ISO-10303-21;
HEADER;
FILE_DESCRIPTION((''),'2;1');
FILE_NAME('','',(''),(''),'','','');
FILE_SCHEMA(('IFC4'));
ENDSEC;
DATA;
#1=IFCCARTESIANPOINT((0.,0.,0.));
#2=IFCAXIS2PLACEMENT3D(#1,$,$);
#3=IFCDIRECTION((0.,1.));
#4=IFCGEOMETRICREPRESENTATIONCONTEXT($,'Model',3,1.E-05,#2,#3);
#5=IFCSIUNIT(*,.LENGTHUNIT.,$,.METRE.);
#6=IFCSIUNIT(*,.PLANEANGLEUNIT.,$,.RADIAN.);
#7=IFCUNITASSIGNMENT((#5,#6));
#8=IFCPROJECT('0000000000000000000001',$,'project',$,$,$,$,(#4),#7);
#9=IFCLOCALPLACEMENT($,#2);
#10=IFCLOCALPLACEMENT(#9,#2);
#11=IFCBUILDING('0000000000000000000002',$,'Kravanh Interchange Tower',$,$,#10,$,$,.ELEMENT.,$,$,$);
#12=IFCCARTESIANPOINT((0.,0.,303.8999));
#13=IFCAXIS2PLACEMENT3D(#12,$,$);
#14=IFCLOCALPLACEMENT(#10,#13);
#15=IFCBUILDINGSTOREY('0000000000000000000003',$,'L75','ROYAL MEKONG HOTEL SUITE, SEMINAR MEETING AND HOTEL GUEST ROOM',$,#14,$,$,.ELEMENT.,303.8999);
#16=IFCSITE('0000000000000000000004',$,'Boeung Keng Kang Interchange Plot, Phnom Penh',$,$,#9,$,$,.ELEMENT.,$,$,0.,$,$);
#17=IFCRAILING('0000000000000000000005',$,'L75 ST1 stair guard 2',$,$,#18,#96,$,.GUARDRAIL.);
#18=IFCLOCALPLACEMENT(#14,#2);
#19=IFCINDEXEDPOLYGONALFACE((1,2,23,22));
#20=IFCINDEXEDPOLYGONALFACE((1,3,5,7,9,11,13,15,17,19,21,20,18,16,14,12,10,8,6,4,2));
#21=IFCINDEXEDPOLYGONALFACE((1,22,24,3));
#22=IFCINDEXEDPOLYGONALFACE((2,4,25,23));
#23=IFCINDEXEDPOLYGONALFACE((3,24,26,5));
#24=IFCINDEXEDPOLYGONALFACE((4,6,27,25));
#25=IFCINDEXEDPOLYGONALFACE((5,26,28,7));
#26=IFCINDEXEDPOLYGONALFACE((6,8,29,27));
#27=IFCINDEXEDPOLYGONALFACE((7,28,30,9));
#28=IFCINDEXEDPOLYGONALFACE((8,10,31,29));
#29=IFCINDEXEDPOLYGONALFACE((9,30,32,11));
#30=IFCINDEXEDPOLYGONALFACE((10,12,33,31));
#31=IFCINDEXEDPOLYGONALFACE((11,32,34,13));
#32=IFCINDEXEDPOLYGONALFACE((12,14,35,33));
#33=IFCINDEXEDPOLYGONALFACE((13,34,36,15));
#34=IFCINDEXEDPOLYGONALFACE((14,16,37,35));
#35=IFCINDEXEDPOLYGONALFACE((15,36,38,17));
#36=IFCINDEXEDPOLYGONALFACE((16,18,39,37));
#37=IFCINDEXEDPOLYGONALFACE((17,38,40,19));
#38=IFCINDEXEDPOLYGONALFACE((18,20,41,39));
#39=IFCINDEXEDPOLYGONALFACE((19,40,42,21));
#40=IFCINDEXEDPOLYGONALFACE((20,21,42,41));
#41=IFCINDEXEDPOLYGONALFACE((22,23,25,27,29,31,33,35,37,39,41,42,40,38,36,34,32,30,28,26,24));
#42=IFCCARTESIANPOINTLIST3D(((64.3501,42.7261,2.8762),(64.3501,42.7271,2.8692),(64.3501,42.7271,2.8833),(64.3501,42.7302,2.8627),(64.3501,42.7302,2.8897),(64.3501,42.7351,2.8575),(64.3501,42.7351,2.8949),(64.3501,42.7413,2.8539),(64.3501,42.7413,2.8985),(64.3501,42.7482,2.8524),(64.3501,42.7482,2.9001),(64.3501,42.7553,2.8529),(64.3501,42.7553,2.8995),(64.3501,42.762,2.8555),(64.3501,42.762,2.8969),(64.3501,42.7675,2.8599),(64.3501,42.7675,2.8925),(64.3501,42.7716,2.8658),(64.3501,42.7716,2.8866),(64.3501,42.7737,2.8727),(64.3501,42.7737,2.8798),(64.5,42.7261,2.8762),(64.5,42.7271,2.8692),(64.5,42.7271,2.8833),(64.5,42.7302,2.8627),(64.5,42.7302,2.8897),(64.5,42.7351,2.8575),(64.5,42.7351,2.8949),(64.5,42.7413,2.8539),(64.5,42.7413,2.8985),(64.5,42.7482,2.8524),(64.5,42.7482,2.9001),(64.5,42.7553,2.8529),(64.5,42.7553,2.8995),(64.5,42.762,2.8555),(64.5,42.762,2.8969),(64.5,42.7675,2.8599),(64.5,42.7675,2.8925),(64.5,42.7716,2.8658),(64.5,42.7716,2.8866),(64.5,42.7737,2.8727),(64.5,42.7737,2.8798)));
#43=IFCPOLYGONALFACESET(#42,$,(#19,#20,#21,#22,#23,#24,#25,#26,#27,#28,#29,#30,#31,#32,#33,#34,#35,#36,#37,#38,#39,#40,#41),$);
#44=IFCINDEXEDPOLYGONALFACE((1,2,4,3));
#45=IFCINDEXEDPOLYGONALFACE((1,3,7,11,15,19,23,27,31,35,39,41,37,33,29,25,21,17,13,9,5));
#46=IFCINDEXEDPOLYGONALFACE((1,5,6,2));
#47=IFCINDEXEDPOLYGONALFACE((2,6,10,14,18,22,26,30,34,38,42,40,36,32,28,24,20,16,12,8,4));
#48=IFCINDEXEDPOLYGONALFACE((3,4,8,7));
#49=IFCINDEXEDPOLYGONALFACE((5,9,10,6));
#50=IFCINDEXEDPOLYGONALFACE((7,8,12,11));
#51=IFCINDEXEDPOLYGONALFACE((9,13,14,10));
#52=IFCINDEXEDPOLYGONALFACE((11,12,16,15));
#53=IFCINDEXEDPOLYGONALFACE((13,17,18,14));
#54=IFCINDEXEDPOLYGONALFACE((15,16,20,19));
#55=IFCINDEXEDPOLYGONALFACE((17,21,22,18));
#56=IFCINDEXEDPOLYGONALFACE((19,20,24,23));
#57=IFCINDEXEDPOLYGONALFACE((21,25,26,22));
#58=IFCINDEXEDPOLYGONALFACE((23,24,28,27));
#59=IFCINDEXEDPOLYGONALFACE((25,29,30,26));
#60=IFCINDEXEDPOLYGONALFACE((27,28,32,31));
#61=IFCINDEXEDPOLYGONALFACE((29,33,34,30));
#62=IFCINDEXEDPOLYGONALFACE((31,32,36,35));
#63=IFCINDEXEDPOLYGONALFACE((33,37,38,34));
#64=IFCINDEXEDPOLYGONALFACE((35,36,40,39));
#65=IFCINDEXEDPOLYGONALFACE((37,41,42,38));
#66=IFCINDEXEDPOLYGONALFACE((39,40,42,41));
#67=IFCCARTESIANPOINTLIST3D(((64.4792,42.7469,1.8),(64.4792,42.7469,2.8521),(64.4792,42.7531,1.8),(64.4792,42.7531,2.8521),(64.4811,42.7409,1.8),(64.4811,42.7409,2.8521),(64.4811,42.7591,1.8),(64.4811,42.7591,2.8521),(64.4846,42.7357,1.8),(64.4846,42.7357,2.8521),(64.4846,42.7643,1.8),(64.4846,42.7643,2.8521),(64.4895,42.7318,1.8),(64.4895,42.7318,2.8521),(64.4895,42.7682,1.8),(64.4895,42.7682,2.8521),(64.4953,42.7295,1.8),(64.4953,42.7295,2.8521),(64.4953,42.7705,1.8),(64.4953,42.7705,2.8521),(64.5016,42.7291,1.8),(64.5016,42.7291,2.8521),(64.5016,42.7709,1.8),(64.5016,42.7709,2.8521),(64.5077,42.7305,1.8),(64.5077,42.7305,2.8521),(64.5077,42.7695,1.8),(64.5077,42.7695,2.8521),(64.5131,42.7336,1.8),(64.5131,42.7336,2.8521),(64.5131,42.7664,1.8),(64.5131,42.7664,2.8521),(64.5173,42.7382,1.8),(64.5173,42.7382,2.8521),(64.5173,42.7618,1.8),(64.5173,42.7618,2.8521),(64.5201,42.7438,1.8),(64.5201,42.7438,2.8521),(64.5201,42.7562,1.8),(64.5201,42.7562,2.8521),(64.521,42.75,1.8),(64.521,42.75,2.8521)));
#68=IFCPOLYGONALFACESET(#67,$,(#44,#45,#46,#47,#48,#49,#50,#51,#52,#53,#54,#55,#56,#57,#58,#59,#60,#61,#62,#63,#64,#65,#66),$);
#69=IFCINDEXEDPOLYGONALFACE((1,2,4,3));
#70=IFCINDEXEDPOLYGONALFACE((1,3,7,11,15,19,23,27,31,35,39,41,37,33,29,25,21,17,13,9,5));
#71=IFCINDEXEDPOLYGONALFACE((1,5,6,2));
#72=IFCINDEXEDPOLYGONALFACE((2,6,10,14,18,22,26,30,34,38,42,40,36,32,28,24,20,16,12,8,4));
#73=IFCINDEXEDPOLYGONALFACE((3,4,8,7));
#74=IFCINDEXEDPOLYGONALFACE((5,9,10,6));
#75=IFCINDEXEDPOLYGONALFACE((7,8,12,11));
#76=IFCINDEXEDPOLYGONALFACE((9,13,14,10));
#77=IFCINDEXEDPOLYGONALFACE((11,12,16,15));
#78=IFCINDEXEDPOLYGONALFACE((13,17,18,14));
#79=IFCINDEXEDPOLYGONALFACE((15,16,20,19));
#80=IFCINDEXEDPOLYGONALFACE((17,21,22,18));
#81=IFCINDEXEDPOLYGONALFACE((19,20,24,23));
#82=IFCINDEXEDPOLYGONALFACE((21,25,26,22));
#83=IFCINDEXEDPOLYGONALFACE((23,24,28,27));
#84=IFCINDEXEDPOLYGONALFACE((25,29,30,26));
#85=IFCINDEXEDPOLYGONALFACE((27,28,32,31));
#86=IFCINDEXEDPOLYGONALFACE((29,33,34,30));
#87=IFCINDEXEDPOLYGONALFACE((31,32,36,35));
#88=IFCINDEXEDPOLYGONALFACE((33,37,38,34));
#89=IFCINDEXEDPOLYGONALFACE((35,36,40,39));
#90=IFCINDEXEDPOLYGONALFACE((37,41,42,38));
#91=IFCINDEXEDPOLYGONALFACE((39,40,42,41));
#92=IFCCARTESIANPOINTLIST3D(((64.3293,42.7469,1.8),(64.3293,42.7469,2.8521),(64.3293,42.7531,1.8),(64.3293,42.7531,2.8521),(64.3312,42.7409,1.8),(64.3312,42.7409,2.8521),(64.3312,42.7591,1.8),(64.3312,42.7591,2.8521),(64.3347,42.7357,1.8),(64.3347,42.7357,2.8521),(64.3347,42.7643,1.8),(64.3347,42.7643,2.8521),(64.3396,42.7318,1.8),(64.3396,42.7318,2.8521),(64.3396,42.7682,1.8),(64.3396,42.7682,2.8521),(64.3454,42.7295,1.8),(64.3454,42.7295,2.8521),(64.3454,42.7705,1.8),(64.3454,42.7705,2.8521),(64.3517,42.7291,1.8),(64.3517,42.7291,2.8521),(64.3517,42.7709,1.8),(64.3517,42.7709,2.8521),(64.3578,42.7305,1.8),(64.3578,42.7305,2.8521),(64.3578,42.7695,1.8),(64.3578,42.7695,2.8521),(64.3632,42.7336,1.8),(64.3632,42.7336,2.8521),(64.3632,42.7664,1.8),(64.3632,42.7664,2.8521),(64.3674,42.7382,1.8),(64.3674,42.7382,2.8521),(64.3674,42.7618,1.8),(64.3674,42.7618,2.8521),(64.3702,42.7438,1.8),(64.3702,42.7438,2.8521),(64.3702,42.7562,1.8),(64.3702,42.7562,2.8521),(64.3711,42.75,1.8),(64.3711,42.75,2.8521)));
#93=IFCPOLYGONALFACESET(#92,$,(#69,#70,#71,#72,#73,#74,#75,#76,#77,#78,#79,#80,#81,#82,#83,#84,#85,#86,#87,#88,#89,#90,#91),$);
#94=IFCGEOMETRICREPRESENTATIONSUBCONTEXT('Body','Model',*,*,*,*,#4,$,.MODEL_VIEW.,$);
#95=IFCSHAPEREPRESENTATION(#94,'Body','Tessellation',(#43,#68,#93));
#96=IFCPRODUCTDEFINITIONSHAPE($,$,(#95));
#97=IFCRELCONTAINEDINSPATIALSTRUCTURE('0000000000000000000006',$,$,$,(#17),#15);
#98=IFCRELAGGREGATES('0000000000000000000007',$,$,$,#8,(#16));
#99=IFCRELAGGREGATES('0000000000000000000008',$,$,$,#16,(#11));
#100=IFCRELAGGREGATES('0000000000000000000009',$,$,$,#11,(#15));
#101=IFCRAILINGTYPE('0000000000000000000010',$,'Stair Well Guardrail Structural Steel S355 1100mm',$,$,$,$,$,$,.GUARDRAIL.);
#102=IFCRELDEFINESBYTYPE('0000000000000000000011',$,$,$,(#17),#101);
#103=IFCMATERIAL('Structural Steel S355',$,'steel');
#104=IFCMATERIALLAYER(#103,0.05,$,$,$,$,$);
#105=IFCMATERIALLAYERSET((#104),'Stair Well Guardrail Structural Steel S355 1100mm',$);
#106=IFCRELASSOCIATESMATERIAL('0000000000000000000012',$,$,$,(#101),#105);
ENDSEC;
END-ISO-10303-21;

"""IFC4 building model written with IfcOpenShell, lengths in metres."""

from ifc_helpers import new_model, si_unit, direction, frame, origin, origin_2d, place, context, subcontext, project, spatial, circle, extrude, material, layer, layer_set, type_object, element, save


model = new_model("IFC4")

# Units and contexts
model_context = context("Model", 3, precision=1e-05, world=origin(), true_north=direction((0.0, 1.0)))
body_context = subcontext(model_context, "Body", "Model", "MODEL_VIEW")
ifc_project = project(units=[si_unit("LENGTHUNIT", "METRE"), si_unit("PLANEANGLEUNIT", "RADIAN")], contexts=[model_context])

# Site, building, storey
site_placement = place(None, origin())
site = spatial("IfcSite", under=ifc_project, at=site_placement, Name="Boeung Keng Kang Interchange Plot, Phnom Penh", CompositionType="ELEMENT", RefElevation=0.0)
building_placement = place(site_placement, origin())
building = spatial("IfcBuilding", under=site, at=building_placement, Name="Kravanh Interchange Tower", CompositionType="ELEMENT")
storey_placement = place(building_placement, frame((0.0, 0.0, 303.8999)))
storey = spatial("IfcBuildingStorey", under=building, at=storey_placement, Name="L75", Description="ROYAL MEKONG HOTEL SUITE, SEMINAR MEETING AND HOTEL GUEST ROOM", CompositionType="ELEMENT", Elevation=303.8999)

# Railing
ifc_material_1 = material(Name="Structural Steel S355", Category="steel")
ifc_layer_1 = layer(ifc_material_1, 0.05)
ifc_layer_set_1 = layer_set([ifc_layer_1], Name="Stair Well Guardrail Structural Steel S355 1100mm")
railing_type_1 = type_object("IfcRailingType", Name="Stair Well Guardrail Structural Steel S355 1100mm", PredefinedType="GUARDRAIL", material=ifc_layer_set_1)
railing_1_placement = place(storey_placement, frame((64.5, 42.75, 1.8)))
element("IfcRailing", 1, at=railing_1_placement, inside=storey, type_object=railing_type_1, Name="L75 ST1 stair guard 2", PredefinedType="GUARDRAIL", context=body_context, shape_type="SweptSolid", body=[
    extrude(circle(Radius=0.0239, at=origin_2d()), frame((0.0, 0.0, 1.0762), z_axis=(-1.0, 0.0, 0.0), x_axis=(0.0, -1.0, 0.0)), (0.0, 0.0, 1.0), 0.1499),
    extrude(circle(Radius=0.021, at=origin_2d()), origin(), (0.0, 0.0, 1.0), 1.052),
    extrude(circle(Radius=0.021, at=origin_2d()), frame((-0.1499, 0.0, 0.0)), (0.0, 0.0, 1.0), 1.052),
])

save(model, "model.ifc")
